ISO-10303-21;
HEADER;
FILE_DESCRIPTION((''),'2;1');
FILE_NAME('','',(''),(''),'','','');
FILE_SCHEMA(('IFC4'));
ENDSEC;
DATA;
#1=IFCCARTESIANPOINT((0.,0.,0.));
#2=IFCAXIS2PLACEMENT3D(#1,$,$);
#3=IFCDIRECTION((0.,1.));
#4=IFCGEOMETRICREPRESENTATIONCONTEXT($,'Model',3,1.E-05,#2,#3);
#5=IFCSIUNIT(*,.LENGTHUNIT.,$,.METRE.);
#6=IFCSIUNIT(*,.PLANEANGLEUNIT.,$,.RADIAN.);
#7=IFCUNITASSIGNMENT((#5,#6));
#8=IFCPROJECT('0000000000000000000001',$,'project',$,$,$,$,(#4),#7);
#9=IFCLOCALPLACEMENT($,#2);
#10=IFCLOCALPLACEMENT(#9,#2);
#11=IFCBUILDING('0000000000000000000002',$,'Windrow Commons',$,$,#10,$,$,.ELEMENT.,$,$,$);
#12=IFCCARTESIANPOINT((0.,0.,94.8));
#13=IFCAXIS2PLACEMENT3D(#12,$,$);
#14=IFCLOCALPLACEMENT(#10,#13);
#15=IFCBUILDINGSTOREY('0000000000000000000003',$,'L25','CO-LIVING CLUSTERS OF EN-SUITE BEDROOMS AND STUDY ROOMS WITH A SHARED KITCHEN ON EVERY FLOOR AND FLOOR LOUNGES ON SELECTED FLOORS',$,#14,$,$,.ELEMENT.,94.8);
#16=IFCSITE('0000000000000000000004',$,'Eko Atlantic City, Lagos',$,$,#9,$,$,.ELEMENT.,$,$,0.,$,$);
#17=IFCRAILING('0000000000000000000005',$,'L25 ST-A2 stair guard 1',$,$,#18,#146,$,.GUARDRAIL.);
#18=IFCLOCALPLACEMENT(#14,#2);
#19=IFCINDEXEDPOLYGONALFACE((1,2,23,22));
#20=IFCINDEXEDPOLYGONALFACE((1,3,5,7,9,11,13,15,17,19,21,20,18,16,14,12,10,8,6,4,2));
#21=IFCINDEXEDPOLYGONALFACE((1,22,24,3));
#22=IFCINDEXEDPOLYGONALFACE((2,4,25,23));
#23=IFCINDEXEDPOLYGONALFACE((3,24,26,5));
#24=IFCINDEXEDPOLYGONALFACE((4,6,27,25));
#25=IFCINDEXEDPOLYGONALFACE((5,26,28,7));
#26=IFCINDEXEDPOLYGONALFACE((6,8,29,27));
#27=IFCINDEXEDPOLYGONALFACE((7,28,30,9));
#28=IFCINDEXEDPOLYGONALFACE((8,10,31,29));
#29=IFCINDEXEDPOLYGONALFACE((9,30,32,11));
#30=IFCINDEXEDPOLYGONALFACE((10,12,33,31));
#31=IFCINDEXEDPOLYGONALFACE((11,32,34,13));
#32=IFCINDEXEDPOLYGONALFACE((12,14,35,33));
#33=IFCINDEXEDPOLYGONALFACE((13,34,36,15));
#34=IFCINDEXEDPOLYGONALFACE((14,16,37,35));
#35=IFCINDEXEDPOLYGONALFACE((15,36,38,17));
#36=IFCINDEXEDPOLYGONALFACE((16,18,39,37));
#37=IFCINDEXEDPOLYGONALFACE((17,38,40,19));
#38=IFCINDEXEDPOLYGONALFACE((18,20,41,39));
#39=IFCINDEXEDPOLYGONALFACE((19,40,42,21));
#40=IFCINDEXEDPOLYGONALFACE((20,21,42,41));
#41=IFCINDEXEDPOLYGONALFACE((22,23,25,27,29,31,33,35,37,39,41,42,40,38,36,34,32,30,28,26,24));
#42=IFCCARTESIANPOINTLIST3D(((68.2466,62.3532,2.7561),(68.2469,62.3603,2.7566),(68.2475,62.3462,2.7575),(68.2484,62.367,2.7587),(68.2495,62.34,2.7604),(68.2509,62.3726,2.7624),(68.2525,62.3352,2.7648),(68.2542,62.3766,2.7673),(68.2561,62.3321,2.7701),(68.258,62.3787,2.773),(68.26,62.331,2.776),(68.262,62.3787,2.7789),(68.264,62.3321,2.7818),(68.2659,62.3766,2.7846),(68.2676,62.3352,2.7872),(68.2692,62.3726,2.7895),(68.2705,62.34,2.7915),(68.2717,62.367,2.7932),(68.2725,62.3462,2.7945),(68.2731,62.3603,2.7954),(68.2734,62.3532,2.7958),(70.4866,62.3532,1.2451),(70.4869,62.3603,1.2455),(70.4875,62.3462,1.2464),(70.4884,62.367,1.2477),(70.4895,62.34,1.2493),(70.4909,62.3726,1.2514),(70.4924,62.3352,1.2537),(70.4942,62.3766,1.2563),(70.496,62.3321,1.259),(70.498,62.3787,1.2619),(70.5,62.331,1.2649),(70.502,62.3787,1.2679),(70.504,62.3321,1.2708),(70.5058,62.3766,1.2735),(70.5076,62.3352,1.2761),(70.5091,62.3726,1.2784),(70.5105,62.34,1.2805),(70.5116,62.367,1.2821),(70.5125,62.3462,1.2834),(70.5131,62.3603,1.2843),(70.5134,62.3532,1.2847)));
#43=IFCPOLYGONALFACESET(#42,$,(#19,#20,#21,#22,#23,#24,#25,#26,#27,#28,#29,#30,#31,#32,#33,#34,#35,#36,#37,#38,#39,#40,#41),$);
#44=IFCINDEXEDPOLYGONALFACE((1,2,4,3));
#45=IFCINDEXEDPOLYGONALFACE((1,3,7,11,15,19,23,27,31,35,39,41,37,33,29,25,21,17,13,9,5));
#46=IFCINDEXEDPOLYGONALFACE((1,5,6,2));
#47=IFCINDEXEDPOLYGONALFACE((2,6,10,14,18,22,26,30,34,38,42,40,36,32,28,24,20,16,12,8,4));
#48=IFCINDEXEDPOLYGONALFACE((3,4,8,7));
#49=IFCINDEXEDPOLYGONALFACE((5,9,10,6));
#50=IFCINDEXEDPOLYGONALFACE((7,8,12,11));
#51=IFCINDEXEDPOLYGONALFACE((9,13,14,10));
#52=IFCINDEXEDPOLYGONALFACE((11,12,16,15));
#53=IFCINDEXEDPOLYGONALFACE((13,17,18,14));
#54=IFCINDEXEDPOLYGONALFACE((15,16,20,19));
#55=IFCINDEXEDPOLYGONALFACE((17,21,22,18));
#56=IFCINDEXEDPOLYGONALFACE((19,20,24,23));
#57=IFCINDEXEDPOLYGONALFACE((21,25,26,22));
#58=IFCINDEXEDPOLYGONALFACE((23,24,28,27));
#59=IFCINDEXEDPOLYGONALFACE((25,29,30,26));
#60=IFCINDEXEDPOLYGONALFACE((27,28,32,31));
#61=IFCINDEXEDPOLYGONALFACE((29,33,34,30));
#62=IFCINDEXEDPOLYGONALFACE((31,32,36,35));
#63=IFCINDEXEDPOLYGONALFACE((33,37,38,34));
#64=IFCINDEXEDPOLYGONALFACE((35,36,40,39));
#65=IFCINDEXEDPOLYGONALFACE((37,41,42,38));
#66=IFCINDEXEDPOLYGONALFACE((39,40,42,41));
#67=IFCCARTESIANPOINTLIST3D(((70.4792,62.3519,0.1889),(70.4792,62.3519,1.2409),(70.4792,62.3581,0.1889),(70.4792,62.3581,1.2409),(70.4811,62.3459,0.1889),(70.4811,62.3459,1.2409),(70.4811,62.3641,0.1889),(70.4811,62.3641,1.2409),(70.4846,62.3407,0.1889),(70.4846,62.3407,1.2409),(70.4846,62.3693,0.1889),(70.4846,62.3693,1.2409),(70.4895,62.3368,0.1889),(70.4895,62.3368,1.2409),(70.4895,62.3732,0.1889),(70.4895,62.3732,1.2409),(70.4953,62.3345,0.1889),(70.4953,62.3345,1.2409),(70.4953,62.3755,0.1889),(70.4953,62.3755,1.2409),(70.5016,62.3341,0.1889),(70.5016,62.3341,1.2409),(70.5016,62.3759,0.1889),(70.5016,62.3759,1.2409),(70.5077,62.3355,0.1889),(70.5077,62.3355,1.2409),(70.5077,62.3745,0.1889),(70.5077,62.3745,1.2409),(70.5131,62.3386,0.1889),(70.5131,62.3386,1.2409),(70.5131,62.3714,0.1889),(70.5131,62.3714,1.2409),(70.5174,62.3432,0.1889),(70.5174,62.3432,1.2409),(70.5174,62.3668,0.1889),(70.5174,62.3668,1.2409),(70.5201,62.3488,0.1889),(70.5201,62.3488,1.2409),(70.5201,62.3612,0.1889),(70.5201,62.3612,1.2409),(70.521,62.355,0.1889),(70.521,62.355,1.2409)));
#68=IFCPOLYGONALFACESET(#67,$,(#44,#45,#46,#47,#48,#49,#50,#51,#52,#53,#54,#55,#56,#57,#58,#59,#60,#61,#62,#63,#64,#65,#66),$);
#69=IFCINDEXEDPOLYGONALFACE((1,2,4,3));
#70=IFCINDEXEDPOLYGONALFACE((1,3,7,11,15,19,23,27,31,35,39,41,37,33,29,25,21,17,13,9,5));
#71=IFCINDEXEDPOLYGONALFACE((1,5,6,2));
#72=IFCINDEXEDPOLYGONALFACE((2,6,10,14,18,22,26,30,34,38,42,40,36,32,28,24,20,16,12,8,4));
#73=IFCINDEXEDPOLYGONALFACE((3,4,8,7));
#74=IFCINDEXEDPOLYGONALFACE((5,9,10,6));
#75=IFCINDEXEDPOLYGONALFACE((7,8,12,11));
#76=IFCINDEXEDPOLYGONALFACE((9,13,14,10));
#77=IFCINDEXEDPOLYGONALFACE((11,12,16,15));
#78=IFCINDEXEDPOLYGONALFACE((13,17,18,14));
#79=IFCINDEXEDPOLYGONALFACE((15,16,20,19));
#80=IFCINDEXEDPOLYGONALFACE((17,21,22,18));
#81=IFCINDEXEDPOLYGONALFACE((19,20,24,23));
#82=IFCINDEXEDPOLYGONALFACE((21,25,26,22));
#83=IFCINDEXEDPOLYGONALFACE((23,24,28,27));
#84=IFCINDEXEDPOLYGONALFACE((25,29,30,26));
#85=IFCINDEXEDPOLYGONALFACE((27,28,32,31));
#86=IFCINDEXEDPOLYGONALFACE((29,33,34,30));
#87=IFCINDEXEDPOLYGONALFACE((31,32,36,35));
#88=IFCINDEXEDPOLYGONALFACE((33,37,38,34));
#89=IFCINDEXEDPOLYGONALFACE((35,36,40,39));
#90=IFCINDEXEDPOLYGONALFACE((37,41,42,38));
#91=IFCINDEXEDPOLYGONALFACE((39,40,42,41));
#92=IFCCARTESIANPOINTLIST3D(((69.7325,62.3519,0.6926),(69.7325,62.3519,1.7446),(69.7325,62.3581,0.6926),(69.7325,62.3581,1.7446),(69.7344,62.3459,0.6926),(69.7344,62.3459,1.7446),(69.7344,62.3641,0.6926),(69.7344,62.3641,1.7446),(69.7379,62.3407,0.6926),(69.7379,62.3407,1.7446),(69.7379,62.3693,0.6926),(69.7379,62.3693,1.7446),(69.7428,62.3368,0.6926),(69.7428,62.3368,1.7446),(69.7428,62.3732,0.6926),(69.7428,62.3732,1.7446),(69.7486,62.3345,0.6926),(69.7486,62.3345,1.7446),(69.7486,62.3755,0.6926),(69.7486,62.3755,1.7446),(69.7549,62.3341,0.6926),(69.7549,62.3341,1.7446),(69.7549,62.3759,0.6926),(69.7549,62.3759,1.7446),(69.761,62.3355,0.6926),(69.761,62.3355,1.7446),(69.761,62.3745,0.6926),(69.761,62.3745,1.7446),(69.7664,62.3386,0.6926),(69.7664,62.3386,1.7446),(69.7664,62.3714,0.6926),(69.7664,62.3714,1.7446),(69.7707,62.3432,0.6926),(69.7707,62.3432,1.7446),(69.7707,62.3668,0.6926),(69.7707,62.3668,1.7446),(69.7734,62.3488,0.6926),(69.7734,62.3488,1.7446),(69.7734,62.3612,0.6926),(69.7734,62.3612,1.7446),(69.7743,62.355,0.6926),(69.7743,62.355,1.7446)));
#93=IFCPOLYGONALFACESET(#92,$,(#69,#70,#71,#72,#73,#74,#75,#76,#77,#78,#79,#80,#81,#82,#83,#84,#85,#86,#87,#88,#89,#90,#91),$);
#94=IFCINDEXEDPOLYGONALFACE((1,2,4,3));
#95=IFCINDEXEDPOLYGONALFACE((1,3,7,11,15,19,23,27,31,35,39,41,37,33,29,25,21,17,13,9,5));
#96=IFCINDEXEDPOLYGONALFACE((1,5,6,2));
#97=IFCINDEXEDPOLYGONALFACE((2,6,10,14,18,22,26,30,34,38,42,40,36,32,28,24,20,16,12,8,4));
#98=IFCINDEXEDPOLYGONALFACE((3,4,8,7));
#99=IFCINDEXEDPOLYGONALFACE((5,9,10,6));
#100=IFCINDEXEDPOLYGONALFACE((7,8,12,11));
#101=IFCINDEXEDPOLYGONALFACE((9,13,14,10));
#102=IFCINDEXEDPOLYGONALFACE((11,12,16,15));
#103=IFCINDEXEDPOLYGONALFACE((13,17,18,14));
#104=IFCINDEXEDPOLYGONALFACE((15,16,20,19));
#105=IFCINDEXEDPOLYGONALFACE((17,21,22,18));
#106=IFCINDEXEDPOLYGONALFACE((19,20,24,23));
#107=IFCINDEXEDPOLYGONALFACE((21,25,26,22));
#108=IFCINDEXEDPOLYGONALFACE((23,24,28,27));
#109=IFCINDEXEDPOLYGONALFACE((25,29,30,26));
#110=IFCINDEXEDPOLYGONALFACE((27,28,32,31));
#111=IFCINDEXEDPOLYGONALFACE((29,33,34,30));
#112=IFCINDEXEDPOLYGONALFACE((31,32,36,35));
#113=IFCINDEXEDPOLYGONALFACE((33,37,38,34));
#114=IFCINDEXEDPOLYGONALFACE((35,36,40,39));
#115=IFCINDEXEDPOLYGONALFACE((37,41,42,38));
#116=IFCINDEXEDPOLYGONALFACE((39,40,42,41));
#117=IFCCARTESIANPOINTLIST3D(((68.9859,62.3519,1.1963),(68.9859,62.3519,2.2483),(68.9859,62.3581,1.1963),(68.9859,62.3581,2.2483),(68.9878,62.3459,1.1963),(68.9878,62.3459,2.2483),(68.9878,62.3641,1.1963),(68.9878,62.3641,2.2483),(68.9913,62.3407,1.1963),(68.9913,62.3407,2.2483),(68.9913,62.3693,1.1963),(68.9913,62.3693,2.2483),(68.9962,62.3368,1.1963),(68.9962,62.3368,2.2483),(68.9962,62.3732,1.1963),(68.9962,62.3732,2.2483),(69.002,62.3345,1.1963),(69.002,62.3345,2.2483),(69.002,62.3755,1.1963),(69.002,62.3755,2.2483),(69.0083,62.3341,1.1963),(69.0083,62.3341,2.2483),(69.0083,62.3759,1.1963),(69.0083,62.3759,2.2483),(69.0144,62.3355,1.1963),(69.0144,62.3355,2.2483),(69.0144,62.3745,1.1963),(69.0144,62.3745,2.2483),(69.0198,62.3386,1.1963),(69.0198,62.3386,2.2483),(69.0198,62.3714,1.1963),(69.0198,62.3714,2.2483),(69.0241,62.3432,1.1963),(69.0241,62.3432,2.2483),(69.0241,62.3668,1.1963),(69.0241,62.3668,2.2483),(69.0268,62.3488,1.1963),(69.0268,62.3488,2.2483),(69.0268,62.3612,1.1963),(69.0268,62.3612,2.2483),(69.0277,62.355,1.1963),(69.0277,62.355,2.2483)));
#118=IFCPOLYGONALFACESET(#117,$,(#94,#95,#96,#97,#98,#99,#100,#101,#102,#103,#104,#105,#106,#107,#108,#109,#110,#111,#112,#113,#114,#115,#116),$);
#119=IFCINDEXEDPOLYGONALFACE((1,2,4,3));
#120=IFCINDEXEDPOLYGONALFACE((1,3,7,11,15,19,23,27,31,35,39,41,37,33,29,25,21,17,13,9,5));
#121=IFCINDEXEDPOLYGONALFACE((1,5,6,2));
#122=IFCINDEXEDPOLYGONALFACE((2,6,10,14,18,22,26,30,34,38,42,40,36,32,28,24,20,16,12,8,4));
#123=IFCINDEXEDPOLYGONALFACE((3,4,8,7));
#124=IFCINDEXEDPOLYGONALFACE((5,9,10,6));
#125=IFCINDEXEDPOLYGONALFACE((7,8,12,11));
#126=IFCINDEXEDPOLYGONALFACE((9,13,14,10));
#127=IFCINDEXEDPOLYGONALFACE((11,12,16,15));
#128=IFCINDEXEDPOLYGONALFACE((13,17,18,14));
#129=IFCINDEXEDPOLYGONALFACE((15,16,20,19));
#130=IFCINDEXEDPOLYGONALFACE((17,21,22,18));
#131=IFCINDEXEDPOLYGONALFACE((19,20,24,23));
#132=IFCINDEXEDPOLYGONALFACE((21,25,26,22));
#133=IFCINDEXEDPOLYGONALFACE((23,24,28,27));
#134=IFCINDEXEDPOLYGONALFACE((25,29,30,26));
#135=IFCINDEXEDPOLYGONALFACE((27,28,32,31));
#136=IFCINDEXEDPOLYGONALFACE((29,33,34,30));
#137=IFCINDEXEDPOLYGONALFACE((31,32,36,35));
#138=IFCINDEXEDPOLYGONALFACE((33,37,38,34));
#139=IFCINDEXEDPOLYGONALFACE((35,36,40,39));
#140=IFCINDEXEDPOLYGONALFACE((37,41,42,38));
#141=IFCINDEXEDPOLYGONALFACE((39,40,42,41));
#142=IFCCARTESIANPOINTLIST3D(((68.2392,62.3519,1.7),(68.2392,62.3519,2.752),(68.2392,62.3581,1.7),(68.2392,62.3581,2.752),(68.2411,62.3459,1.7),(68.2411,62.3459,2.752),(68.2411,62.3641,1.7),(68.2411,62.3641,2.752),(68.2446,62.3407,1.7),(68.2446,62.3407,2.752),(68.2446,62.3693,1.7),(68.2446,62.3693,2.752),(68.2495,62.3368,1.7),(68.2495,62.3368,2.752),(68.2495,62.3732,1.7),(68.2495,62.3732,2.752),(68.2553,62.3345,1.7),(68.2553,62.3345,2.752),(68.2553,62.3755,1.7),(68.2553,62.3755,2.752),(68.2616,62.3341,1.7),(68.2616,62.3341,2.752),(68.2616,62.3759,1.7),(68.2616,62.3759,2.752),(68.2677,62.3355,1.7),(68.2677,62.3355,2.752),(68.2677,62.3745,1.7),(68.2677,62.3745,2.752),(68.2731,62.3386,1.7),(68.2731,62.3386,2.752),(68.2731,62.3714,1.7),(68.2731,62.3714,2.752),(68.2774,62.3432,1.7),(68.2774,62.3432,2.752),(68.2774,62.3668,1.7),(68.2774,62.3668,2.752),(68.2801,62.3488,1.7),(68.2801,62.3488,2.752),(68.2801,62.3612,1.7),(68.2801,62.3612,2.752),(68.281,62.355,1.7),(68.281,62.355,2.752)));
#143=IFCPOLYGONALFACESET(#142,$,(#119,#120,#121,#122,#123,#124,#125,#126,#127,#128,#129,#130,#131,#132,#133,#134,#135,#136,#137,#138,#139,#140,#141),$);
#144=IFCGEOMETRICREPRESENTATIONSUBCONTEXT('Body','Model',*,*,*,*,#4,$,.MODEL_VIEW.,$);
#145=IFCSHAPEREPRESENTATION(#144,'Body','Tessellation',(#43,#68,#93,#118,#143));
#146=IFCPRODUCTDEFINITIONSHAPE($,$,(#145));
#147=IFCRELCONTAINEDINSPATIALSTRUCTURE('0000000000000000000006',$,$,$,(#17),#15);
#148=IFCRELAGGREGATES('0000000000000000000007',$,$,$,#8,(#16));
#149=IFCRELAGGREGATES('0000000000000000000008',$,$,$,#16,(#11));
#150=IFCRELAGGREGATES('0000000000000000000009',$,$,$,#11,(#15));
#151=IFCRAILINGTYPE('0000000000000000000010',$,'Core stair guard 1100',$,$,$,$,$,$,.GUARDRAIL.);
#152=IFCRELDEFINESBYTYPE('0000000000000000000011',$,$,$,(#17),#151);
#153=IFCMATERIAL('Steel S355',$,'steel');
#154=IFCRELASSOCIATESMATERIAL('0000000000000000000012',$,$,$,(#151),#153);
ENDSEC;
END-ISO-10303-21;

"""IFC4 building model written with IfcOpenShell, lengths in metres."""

from ifc_helpers import new_model, si_unit, direction, frame, origin, origin_2d, place, context, subcontext, project, spatial, circle, extrude, material, type_object, element, save


model = new_model("IFC4")

# Units and contexts
model_context = context("Model", 3, precision=1e-05, world=origin(), true_north=direction((0.0, 1.0)))
body_context = subcontext(model_context, "Body", "Model", "MODEL_VIEW")
ifc_project = project(units=[si_unit("LENGTHUNIT", "METRE"), si_unit("PLANEANGLEUNIT", "RADIAN")], contexts=[model_context])

# Site, building, storey
site_placement = place(None, origin())
site = spatial("IfcSite", under=ifc_project, at=site_placement, Name="Eko Atlantic City, Lagos", CompositionType="ELEMENT", RefElevation=0.0)
building_placement = place(site_placement, origin())
building = spatial("IfcBuilding", under=site, at=building_placement, Name="Windrow Commons", CompositionType="ELEMENT")
storey_placement = place(building_placement, frame((0.0, 0.0, 94.8)))
storey = spatial("IfcBuildingStorey", under=building, at=storey_placement, Name="L25", Description="CO-LIVING CLUSTERS OF EN-SUITE BEDROOMS AND STUDY ROOMS WITH A SHARED KITCHEN ON EVERY FLOOR AND FLOOR LOUNGES ON SELECTED FLOORS", CompositionType="ELEMENT", Elevation=94.8)

# Railing
ifc_material_1 = material(Name="Steel S355", Category="steel")
railing_type_1 = type_object("IfcRailingType", Name="Core stair guard 1100", PredefinedType="GUARDRAIL", material=ifc_material_1)
railing_1_placement = place(storey_placement, frame((70.5, 62.355, 0.1889)))
element("IfcRailing", 1, at=railing_1_placement, inside=storey, type_object=railing_type_1, Name="L25 ST-A2 stair guard 1", PredefinedType="GUARDRAIL", context=body_context, shape_type="SweptSolid", body=[
    extrude(circle(Radius=0.024, at=origin_2d()), frame((0.0, 0.0, 1.076), z_axis=(-0.829003, 0.0, 0.559244), x_axis=(0.0, -1.0, 0.0)), (0.0, 0.0, 1.0), 2.702),
    extrude(circle(Radius=0.021, at=origin_2d()), origin(), (0.0, 0.0, 1.0), 1.052),
    extrude(circle(Radius=0.021, at=origin_2d()), frame((-0.7467, 0.0, 0.5037)), (0.0, 0.0, 1.0), 1.052),
    extrude(circle(Radius=0.021, at=origin_2d()), frame((-1.4933, 0.0, 1.0074)), (0.0, 0.0, 1.0), 1.052),
    extrude(circle(Radius=0.021, at=origin_2d()), frame((-2.24, 0.0, 1.5111)), (0.0, 0.0, 1.0), 1.052),
])

save(model, "model.ifc")
